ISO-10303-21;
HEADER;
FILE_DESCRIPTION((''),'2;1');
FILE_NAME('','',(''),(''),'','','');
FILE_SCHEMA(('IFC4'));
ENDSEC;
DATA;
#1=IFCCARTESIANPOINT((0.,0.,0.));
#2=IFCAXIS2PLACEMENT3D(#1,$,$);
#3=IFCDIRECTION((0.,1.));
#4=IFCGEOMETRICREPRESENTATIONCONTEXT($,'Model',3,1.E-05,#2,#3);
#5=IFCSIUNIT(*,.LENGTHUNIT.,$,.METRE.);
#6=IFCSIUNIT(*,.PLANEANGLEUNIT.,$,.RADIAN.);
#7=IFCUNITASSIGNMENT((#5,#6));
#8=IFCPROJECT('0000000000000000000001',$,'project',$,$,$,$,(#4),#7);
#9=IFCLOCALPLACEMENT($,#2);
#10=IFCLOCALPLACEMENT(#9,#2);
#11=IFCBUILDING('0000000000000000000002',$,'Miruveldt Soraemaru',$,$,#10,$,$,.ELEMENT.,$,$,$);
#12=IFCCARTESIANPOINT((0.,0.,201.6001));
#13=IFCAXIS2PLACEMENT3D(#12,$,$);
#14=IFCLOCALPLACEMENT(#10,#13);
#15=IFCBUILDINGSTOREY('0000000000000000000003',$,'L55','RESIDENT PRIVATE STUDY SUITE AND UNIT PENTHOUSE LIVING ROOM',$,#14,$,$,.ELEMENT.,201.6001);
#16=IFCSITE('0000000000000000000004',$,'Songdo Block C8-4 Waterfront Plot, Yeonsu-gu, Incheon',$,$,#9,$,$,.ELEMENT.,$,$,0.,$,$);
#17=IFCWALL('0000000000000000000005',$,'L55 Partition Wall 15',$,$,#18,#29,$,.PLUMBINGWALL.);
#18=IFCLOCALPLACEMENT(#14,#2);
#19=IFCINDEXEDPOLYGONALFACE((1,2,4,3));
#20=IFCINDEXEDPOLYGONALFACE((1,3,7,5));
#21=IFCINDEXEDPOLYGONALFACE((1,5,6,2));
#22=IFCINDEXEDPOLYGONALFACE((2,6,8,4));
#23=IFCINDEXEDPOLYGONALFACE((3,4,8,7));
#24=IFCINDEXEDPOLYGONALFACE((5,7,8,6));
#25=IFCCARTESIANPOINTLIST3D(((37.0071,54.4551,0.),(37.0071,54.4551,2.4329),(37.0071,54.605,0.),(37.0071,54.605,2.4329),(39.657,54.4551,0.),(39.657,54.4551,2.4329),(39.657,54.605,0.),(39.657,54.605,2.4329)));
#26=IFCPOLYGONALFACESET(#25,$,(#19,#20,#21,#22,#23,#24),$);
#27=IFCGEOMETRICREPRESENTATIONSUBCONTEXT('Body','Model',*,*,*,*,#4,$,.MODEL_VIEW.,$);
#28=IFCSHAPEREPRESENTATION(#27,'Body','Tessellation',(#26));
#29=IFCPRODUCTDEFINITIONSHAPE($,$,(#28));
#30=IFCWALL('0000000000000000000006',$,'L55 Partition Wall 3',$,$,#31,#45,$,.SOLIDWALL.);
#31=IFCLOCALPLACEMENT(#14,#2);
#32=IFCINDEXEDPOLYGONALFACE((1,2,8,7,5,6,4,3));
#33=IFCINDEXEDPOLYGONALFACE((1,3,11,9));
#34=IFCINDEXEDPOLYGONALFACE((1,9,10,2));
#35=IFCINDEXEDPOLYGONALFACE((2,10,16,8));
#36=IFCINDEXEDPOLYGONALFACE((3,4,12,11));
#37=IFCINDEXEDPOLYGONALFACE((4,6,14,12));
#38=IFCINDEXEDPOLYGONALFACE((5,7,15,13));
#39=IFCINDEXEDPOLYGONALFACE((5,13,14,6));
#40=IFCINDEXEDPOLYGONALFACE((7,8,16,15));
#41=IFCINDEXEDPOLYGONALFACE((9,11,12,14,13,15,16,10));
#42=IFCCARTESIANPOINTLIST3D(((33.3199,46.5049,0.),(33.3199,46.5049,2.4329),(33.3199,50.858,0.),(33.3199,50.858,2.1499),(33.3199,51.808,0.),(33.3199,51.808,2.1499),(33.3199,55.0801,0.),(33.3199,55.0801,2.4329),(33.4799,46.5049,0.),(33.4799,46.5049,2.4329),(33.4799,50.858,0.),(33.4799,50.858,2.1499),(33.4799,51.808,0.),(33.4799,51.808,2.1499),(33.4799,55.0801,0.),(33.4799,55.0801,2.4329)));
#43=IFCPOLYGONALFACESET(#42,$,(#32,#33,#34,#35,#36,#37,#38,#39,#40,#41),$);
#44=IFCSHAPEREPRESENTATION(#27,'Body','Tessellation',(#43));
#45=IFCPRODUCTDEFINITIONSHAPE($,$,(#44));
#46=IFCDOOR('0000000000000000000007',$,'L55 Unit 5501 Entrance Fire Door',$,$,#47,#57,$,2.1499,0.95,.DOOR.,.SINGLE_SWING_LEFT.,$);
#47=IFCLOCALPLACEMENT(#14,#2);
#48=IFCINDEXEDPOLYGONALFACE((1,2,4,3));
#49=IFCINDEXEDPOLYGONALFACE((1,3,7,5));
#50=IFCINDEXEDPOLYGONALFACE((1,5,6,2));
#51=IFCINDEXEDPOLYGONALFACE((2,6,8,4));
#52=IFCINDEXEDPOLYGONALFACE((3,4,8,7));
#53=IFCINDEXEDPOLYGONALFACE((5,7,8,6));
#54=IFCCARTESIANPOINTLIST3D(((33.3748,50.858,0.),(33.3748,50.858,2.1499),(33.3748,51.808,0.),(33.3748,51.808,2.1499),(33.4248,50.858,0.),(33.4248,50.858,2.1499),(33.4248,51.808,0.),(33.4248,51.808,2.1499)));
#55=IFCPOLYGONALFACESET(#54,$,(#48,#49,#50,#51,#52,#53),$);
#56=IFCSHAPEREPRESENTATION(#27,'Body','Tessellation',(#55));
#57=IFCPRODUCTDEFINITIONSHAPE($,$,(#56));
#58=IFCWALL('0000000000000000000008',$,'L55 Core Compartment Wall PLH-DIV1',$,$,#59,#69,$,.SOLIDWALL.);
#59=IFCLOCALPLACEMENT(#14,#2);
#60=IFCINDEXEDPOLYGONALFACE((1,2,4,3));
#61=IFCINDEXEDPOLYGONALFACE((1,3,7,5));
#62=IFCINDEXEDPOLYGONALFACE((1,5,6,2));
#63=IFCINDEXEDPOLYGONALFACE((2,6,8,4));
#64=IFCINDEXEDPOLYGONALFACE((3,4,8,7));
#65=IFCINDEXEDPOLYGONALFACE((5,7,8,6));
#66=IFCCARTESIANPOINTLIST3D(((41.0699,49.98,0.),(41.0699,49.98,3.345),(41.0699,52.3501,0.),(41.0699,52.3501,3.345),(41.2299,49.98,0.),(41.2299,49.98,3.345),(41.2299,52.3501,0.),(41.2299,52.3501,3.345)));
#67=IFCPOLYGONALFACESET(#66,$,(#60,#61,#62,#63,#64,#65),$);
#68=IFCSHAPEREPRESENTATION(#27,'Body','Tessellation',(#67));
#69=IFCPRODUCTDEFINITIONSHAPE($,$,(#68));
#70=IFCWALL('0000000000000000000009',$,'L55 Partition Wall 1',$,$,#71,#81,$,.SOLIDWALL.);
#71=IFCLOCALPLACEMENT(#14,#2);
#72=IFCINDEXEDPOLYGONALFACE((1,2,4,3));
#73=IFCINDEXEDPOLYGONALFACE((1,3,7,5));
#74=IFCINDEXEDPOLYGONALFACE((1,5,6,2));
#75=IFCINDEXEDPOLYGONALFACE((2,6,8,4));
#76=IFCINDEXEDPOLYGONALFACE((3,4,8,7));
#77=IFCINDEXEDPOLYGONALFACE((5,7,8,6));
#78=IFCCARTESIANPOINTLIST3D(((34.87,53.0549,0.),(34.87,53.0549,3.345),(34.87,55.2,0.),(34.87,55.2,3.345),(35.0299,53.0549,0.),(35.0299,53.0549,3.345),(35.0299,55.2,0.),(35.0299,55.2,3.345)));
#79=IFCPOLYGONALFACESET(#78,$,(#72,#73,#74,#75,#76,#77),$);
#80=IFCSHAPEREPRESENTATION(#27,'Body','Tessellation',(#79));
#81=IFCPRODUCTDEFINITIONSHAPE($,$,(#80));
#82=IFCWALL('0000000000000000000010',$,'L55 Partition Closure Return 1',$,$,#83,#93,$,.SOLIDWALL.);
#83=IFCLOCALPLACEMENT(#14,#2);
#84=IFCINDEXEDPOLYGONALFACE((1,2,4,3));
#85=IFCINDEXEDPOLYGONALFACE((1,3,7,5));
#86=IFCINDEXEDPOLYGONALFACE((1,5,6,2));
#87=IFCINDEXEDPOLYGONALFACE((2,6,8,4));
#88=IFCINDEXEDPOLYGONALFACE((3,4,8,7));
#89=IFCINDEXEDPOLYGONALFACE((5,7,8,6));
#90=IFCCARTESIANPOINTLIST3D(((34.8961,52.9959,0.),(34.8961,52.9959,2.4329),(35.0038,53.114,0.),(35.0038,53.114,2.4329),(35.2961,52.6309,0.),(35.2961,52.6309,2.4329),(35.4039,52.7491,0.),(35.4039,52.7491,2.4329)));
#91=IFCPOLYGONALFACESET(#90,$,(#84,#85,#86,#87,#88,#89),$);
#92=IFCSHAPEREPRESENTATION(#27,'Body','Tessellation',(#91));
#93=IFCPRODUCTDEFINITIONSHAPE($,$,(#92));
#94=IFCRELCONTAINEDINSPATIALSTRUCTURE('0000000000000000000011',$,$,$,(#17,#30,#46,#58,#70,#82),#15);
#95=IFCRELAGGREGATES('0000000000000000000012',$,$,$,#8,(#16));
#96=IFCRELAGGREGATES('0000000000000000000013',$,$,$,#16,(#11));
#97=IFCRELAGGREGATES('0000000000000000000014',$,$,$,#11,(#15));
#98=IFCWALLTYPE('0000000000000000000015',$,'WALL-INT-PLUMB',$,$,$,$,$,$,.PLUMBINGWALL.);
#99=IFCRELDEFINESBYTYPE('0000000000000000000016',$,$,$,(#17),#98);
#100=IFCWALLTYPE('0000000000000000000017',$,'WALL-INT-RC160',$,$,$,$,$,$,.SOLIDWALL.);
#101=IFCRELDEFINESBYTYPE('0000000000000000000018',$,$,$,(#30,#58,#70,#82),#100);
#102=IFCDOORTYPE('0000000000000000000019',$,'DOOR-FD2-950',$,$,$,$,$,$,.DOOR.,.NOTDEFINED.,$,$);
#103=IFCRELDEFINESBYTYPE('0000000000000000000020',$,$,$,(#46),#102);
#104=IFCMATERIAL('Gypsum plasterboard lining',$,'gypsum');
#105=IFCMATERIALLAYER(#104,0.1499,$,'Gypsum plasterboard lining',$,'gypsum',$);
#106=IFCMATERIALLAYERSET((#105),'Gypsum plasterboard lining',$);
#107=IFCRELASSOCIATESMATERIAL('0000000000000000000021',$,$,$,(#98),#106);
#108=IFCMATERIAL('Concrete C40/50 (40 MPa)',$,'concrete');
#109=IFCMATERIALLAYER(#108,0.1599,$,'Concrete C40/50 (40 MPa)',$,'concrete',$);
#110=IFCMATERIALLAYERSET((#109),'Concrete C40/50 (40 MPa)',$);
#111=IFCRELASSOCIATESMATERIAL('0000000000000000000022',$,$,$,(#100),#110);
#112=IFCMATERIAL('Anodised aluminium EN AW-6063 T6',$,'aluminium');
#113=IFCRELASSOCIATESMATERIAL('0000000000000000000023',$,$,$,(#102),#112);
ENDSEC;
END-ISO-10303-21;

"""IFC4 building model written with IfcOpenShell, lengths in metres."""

from ifc_helpers import new_model, si_unit, direction, frame, frame_2d, origin, place, context, subcontext, project, spatial, rectangle, extrude, material, layer, layer_set, type_object, element, fill, save


model = new_model("IFC4")

# Units and contexts
model_context = context("Model", 3, precision=1e-05, world=origin(), true_north=direction((0.0, 1.0)))
body_context = subcontext(model_context, "Body", "Model", "MODEL_VIEW")
ifc_project = project(units=[si_unit("LENGTHUNIT", "METRE"), si_unit("PLANEANGLEUNIT", "RADIAN")], contexts=[model_context])

# Site, building, storey
site_placement = place(None, origin())
site = spatial("IfcSite", under=ifc_project, at=site_placement, Name="Songdo Block C8-4 Waterfront Plot, Yeonsu-gu, Incheon", CompositionType="ELEMENT", RefElevation=0.0)
building_placement = place(site_placement, origin())
building = spatial("IfcBuilding", under=site, at=building_placement, Name="Miruveldt Soraemaru", CompositionType="ELEMENT")
storey_placement = place(building_placement, frame((0.0, 0.0, 201.6001)))
storey = spatial("IfcBuildingStorey", under=building, at=storey_placement, Name="L55", Description="RESIDENT PRIVATE STUDY SUITE AND UNIT PENTHOUSE LIVING ROOM", CompositionType="ELEMENT", Elevation=201.6001)

# Shared definitions
ifc_material_1 = material(Name="Concrete C40/50 (40 MPa)", Category="concrete")

# Shared definitions
ifc_material_2 = material(Name="Anodised aluminium EN AW-6063 T6", Category="aluminium")

# Shared definitions
ifc_material_3 = material(Name="Gypsum plasterboard lining", Category="gypsum")
ifc_layer_1 = layer(ifc_material_3, 0.1499, Name="Gypsum plasterboard lining", Category="gypsum")
ifc_layer_set_1 = layer_set([ifc_layer_1], Name="Gypsum plasterboard lining")
wall_type_1 = type_object("IfcWallType", Name="WALL-INT-PLUMB", PredefinedType="PLUMBINGWALL", material=ifc_layer_set_1)

# Wall
wall_1_placement = place(storey_placement, frame((37.0071, 54.53, 0.0), z_axis=(0.0, 0.0, 1.0), x_axis=(1.0, 0.0, 0.0)))
element("IfcWall", 1, at=wall_1_placement, inside=storey, type_object=wall_type_1, Name="L55 Partition Wall 15", PredefinedType="PLUMBINGWALL", context=body_context, shape_type="SweptSolid", body=[
    extrude(rectangle(XDim=2.6499, YDim=0.1499, at=frame_2d((1.325, 0.0))), origin(), (0.0, 0.0, 1.0), 2.4329),
])

# Wall, opening, door
ifc_layer_2 = layer(ifc_material_1, 0.1599, Name="Concrete C40/50 (40 MPa)", Category="concrete")
ifc_layer_set_2 = layer_set([ifc_layer_2], Name="Concrete C40/50 (40 MPa)")
wall_type_2 = type_object("IfcWallType", Name="WALL-INT-RC160", PredefinedType="SOLIDWALL", material=ifc_layer_set_2)
wall_2_placement = place(storey_placement, frame((33.3999, 55.0801, 0.0), z_axis=(0.0, 0.0, 1.0), x_axis=(0.0, -1.0, 0.0)))
wall_2 = element("IfcWall", 2, at=wall_2_placement, inside=storey, type_object=wall_type_2, Name="L55 Partition Wall 3", PredefinedType="SOLIDWALL", context=body_context, shape_type="SweptSolid", body=[
    extrude(rectangle(XDim=8.5752, YDim=0.1599, at=frame_2d((4.2876, 0.0))), origin(), (0.0, 0.0, 1.0), 2.4329),
])
opening_1_placement = place(wall_2_placement, frame((3.272, 0.0, 0.0)))
opening_1 = element("IfcOpeningElement", 3, at=opening_1_placement, cuts=wall_2, PredefinedType="OPENING", context=body_context, shape_type="SweptSolid", body=[
    extrude(rectangle(XDim=0.95, YDim=2.1499, at=frame_2d((0.4751, 1.075))), frame((0.0, 0.0898, 0.0), z_axis=(0.0, -1.0, 0.0), x_axis=(1.0, 0.0, 0.0)), (0.0, 0.0, 1.0), 0.1799),
])
door_type_1 = type_object("IfcDoorType", Name="DOOR-FD2-950", OperationType="NOTDEFINED", PredefinedType="DOOR", material=ifc_material_2)
door_1_placement = place(opening_1_placement, origin())
door_1 = element("IfcDoor", 4, at=door_1_placement, inside=storey, type_object=door_type_1, Name="L55 Unit 5501 Entrance Fire Door", OperationType="SINGLE_SWING_LEFT", OverallHeight=2.1499, OverallWidth=0.95, PredefinedType="DOOR", context=body_context, shape_type="SweptSolid", body=[
    extrude(rectangle(XDim=0.95, YDim=2.1499, at=frame_2d((0.4751, 1.075))), frame((0.0, 0.0249, 0.0), z_axis=(0.0, -1.0, 0.0), x_axis=(1.0, 0.0, 0.0)), (0.0, 0.0, 1.0), 0.05),
])
fill(opening_1, door_1)

# Walls
wall_3_placement = place(storey_placement, frame((41.1499, 49.98, 0.0), z_axis=(0.0, 0.0, 1.0), x_axis=(0.0, 1.0, 0.0)))
element("IfcWall", 5, at=wall_3_placement, inside=storey, type_object=wall_type_2, Name="L55 Core Compartment Wall PLH-DIV1", PredefinedType="SOLIDWALL", context=body_context, shape_type="SweptSolid", body=[
    extrude(rectangle(XDim=2.3701, YDim=0.1599, at=frame_2d((1.1851, 0.0))), origin(), (0.0, 0.0, 1.0), 3.345),
])
wall_4_placement = place(storey_placement, frame((34.95, 53.0549, 0.0), z_axis=(0.0, 0.0, 1.0), x_axis=(0.0, 1.0, 0.0)))
element("IfcWall", 6, at=wall_4_placement, inside=storey, type_object=wall_type_2, Name="L55 Partition Wall 1", PredefinedType="SOLIDWALL", context=body_context, shape_type="SweptSolid", body=[
    extrude(rectangle(XDim=2.145, YDim=0.1599, at=frame_2d((1.0725, 0.0))), origin(), (0.0, 0.0, 1.0), 3.345),
])
wall_5_placement = place(storey_placement, frame((34.95, 53.0549, 0.0), z_axis=(0.0, 0.0, 1.0), x_axis=(0.738817, -0.673906, 0.0)))
element("IfcWall", 7, at=wall_5_placement, inside=storey, type_object=wall_type_2, Name="L55 Partition Closure Return 1", PredefinedType="SOLIDWALL", context=body_context, shape_type="SweptSolid", body=[
    extrude(rectangle(XDim=0.5415, YDim=0.1599, at=frame_2d((0.2708, 0.0))), origin(), (0.0, 0.0, 1.0), 2.4329),
])

save(model, "model.ifc")
